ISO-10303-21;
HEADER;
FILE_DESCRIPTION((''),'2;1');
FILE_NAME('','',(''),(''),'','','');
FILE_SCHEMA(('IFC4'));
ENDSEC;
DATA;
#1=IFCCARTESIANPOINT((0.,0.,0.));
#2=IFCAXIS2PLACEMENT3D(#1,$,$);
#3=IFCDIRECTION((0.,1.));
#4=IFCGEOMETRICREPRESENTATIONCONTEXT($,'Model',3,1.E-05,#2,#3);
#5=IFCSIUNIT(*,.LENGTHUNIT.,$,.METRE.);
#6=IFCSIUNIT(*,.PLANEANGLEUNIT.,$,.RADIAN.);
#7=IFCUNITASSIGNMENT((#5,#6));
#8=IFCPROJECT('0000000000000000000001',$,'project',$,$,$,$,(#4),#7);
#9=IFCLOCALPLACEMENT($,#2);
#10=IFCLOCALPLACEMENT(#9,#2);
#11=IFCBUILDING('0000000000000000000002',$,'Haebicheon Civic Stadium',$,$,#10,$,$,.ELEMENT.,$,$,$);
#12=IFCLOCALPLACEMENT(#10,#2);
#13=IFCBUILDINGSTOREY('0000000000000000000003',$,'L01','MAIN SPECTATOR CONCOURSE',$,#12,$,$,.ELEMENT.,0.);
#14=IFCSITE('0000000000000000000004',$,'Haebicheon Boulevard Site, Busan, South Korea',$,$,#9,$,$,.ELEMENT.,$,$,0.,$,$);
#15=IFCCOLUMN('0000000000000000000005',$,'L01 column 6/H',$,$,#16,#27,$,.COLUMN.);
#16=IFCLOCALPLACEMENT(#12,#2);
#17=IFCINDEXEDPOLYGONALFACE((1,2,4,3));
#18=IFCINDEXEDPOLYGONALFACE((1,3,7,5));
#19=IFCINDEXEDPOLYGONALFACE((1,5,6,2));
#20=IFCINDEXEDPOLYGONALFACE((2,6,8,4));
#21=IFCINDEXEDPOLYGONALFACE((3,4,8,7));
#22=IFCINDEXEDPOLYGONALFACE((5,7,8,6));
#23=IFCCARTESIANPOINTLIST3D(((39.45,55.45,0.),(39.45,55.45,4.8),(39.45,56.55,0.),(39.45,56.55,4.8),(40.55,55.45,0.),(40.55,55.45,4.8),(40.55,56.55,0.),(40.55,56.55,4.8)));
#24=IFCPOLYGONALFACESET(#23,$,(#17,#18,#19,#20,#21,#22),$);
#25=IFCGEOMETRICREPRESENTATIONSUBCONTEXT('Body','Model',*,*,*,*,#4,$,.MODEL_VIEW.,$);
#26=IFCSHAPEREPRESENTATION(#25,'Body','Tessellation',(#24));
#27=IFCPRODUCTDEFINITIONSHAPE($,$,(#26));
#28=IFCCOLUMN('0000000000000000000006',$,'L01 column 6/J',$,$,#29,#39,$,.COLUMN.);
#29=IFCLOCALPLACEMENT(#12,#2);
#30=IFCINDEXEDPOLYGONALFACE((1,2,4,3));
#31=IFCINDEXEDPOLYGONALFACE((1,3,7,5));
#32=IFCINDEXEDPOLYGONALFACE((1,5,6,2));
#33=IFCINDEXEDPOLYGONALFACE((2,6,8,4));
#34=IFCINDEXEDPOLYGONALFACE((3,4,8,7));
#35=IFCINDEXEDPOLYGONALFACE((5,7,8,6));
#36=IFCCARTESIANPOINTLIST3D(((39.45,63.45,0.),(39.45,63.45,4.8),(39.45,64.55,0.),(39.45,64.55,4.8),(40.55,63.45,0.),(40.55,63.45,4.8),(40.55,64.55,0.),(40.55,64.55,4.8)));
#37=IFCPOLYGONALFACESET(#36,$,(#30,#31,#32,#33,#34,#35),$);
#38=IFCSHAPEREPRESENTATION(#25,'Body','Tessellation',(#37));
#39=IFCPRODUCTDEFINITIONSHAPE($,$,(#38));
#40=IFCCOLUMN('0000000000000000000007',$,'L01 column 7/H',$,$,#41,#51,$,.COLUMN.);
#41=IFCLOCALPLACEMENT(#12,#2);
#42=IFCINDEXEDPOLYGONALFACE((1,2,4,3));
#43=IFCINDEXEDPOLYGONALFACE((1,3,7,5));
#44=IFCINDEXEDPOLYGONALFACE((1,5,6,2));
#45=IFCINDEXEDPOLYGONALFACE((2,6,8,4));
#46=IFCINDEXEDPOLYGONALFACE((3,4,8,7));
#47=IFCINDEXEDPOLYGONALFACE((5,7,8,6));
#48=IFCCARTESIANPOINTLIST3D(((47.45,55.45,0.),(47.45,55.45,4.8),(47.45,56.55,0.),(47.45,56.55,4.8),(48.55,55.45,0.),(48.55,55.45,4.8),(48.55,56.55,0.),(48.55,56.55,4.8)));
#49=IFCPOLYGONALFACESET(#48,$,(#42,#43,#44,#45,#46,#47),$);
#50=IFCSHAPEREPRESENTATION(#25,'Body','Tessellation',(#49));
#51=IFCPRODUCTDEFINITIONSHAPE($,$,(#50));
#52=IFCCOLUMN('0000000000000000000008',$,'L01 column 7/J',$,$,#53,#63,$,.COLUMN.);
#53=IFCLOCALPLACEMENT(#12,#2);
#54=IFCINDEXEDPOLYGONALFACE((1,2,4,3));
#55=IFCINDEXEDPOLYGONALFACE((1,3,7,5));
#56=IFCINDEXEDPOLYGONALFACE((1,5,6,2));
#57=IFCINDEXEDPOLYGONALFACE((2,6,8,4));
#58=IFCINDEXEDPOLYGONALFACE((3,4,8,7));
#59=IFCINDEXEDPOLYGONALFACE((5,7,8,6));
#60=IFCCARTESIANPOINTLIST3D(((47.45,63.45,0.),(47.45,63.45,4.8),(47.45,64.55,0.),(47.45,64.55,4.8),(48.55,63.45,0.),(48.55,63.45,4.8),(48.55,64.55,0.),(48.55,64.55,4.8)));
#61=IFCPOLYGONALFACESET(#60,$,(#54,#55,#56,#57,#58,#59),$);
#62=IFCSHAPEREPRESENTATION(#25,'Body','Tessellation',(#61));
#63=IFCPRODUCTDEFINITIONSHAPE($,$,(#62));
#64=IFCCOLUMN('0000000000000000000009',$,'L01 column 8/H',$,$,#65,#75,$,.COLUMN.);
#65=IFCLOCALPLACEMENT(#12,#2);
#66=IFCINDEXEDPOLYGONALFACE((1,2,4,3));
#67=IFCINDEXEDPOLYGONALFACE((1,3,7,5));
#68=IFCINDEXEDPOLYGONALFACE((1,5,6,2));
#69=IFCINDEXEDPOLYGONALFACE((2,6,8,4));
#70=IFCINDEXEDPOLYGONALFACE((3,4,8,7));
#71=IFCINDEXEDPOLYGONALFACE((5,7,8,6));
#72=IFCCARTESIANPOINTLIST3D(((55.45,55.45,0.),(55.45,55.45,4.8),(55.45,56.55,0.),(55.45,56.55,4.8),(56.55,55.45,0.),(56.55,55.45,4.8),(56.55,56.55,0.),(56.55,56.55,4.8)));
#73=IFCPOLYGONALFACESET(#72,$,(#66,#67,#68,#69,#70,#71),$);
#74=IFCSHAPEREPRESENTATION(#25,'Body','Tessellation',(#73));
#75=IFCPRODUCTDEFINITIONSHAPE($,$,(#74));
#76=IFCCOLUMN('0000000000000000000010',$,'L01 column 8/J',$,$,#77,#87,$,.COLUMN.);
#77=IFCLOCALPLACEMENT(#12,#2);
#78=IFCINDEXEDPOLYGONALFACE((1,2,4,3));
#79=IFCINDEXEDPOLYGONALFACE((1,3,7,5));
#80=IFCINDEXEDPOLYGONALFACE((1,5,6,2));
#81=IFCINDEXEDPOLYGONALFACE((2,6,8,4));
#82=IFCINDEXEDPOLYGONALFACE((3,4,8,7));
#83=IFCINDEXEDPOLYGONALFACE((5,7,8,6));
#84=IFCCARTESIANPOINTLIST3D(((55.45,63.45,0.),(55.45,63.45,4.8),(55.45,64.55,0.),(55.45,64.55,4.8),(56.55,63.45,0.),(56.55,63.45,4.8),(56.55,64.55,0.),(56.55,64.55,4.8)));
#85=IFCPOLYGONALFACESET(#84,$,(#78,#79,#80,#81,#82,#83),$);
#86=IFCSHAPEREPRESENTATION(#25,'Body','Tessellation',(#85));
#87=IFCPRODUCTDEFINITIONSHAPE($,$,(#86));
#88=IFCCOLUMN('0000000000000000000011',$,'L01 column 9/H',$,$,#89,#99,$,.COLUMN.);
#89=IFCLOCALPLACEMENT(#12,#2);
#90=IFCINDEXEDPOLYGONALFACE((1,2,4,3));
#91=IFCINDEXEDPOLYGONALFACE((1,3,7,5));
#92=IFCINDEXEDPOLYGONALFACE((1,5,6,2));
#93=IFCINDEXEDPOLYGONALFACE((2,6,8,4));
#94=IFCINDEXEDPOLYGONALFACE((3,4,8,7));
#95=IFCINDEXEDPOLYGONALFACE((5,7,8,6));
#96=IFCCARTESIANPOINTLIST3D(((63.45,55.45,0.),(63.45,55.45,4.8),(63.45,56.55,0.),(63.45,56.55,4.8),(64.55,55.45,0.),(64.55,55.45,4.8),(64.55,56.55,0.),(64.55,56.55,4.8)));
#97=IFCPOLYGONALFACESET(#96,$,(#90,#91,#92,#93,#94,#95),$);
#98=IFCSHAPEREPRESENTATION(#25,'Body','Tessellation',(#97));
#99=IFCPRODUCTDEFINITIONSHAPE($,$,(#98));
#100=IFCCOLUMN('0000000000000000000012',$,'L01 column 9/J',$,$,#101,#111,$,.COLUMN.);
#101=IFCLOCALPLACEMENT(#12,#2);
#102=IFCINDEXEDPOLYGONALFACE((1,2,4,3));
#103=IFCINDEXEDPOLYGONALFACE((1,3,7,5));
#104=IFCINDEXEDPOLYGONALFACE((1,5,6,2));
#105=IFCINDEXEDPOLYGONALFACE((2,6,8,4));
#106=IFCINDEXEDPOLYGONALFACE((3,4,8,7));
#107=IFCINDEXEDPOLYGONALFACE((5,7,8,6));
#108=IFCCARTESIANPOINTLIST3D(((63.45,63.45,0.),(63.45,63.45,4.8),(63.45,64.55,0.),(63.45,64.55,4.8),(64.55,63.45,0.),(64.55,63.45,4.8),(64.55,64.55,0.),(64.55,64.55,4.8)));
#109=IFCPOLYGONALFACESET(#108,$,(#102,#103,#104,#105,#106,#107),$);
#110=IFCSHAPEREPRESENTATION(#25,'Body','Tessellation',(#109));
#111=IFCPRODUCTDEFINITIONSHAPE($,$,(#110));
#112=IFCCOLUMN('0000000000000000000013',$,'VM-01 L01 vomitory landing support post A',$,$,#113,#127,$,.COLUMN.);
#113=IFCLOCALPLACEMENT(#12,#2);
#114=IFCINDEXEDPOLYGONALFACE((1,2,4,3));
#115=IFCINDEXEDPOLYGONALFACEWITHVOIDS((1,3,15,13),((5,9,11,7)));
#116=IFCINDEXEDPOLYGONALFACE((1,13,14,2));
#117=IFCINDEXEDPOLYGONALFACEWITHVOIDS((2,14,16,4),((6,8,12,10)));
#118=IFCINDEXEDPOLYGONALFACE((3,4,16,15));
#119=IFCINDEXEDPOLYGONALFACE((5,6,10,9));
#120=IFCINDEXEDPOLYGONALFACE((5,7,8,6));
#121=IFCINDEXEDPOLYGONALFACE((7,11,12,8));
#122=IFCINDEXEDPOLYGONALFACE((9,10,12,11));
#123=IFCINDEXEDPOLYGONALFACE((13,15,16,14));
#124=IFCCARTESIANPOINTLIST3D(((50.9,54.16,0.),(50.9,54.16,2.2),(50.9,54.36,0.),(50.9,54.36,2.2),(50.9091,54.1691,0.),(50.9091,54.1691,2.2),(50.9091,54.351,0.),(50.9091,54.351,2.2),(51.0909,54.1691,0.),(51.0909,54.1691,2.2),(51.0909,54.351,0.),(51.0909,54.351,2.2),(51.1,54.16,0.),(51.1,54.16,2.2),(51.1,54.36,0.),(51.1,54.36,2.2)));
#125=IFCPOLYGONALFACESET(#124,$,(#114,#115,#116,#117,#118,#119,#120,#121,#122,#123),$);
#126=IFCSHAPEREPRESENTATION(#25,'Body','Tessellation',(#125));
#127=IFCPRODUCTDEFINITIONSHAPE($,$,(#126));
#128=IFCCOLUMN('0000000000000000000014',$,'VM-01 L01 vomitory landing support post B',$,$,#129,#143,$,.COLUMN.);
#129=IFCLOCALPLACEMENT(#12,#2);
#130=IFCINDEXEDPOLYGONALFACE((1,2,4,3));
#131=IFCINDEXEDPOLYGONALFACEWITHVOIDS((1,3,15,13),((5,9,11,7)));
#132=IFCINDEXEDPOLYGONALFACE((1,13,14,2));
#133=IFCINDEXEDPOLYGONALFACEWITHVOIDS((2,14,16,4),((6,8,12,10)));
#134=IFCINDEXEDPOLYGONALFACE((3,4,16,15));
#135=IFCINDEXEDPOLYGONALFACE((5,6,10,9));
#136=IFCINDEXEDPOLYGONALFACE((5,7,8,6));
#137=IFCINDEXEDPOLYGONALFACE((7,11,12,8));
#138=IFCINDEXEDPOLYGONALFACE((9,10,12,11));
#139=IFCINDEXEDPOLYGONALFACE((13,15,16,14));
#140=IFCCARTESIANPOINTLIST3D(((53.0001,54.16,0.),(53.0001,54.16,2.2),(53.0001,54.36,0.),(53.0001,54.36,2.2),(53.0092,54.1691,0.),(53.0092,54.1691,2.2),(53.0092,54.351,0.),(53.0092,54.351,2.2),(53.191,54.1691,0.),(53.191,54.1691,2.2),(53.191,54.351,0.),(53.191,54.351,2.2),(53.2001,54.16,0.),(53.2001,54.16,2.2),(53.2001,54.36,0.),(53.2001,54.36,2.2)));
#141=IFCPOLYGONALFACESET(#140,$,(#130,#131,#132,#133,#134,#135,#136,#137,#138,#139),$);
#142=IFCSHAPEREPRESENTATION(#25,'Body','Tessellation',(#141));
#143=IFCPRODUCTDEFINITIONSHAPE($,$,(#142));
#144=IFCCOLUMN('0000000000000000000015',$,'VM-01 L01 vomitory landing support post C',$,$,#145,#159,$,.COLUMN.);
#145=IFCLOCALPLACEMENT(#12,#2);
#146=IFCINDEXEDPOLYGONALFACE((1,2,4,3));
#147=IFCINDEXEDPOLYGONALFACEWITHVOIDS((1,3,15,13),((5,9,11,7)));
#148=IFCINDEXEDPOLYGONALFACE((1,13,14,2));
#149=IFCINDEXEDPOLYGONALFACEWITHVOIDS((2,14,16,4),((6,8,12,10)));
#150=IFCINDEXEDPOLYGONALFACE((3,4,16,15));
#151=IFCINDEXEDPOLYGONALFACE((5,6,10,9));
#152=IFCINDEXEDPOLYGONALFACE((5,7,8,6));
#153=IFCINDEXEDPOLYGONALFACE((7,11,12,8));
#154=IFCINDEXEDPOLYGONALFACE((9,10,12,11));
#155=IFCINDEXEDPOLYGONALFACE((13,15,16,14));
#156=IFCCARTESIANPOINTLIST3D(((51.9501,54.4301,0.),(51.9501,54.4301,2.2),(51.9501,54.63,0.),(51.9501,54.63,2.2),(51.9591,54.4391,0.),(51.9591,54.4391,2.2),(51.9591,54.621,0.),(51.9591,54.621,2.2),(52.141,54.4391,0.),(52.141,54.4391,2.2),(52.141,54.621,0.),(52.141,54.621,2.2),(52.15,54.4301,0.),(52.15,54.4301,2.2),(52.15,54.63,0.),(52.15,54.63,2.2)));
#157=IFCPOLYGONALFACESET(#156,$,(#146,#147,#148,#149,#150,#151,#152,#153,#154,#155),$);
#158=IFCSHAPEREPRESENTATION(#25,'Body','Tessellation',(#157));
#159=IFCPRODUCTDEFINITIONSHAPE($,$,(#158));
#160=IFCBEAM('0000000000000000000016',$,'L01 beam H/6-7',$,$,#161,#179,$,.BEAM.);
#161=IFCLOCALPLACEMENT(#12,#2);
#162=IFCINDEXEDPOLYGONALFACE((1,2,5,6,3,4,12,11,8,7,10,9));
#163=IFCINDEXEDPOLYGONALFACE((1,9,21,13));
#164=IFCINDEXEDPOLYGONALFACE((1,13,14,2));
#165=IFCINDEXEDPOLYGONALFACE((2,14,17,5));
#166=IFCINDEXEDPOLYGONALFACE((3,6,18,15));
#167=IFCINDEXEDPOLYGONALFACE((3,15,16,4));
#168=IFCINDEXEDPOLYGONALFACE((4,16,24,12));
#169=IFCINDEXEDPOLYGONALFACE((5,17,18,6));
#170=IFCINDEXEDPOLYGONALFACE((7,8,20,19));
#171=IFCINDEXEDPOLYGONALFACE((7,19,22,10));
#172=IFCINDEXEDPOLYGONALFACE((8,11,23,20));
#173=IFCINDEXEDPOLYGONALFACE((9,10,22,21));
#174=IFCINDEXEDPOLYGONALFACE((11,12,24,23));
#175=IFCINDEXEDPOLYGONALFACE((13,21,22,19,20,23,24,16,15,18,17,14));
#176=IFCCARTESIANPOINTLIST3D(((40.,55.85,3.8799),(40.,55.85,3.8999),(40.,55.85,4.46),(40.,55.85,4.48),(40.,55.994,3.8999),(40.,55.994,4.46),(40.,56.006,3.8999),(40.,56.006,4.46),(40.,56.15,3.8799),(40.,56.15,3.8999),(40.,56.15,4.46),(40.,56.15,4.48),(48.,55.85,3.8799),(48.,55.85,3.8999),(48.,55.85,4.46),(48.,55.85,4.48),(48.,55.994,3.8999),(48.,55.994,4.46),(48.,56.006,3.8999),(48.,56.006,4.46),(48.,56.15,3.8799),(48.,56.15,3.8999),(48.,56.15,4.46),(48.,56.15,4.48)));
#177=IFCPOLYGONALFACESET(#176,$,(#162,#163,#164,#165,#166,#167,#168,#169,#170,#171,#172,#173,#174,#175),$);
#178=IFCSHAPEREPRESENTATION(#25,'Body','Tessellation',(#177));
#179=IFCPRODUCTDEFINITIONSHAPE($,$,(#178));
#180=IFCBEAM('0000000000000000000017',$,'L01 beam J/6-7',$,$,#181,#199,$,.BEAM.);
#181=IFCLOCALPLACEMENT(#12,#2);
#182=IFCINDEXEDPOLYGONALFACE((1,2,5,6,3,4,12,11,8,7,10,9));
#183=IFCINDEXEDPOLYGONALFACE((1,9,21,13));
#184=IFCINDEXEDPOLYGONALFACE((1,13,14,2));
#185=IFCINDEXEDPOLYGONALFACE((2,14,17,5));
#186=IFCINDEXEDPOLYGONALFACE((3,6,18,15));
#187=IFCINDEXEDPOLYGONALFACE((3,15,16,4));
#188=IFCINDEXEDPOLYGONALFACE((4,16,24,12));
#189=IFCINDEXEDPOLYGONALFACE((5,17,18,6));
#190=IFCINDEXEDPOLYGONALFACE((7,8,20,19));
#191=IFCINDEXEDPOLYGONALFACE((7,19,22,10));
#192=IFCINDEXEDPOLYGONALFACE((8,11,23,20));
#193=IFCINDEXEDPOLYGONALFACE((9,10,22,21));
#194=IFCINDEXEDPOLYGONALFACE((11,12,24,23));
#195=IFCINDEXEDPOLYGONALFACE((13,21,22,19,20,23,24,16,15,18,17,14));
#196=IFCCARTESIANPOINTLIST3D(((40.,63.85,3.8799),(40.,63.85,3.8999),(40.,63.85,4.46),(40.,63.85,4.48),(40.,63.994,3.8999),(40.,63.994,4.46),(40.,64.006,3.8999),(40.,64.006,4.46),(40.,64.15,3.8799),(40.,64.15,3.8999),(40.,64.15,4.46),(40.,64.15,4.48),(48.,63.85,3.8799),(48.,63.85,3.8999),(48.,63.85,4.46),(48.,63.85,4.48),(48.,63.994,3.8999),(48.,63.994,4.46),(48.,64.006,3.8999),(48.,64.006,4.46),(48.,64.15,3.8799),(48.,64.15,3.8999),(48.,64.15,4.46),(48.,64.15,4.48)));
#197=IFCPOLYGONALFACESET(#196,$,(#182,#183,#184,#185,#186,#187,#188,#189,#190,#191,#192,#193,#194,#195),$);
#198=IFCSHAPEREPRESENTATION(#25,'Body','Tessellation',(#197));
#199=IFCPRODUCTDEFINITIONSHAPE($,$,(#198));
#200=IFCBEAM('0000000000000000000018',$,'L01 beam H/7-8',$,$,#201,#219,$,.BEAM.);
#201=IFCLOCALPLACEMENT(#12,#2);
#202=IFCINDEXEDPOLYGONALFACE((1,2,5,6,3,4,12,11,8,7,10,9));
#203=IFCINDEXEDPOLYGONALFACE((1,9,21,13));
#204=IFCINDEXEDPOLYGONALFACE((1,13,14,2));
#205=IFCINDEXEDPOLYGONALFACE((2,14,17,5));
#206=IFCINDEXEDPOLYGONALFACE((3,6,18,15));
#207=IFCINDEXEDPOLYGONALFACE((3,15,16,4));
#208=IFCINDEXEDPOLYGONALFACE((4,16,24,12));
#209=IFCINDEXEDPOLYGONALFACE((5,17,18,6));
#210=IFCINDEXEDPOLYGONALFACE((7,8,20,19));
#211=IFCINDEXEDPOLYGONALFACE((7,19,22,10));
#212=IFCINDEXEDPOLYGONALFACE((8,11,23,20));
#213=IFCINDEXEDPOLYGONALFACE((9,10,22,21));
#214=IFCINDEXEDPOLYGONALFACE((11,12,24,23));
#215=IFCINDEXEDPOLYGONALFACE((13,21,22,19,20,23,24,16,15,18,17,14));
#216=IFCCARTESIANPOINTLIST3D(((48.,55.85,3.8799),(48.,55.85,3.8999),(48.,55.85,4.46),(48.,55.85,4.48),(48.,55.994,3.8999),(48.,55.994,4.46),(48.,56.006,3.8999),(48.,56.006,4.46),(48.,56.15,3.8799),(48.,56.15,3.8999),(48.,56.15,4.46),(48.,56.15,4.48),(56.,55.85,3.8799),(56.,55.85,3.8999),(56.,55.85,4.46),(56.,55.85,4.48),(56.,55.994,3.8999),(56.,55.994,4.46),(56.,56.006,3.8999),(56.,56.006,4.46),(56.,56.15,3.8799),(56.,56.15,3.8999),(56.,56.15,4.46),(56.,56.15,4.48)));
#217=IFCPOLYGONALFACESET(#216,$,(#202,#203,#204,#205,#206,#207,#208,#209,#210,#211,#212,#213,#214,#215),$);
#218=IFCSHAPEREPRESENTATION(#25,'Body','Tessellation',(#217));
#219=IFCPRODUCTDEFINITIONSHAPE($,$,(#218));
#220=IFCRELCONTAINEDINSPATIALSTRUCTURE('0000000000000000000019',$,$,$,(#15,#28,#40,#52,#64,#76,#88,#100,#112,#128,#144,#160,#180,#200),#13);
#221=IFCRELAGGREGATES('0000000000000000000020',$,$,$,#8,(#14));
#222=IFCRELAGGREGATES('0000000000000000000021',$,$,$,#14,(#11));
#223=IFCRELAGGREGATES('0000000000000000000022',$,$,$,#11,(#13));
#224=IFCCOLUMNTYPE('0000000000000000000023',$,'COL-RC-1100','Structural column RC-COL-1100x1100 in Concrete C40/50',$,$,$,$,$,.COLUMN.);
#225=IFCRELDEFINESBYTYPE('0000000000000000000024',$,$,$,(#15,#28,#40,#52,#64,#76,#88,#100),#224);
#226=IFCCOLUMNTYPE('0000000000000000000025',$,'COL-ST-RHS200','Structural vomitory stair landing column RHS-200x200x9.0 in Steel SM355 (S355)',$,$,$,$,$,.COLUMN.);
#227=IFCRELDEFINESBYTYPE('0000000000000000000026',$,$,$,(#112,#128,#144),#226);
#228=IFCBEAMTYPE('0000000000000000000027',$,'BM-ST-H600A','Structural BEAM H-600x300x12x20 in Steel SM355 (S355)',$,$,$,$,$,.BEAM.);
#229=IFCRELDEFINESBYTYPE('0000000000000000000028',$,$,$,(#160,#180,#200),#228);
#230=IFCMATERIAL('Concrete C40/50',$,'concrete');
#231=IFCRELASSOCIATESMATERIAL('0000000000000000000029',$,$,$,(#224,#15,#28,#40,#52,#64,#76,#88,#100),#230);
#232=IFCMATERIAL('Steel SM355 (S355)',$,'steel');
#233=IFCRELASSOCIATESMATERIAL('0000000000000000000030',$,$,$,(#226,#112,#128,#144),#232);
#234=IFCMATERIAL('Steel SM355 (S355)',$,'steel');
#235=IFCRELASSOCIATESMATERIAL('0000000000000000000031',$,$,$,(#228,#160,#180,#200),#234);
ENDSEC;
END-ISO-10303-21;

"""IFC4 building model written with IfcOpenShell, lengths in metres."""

from ifc_helpers import new_model, si_unit, direction, frame, origin, origin_2d, place, context, subcontext, project, spatial, rectangle, hollow_rectangle, i_section, extrude, material, material_profile, profile_set, type_object, element, save


model = new_model("IFC4")

# Units and contexts
model_context = context("Model", 3, precision=1e-05, world=origin(), true_north=direction((0.0, 1.0)))
body_context = subcontext(model_context, "Body", "Model", "MODEL_VIEW")
ifc_project = project(units=[si_unit("LENGTHUNIT", "METRE"), si_unit("PLANEANGLEUNIT", "RADIAN")], contexts=[model_context])

# Site, building, storey
site_placement = place(None, origin())
site = spatial("IfcSite", under=ifc_project, at=site_placement, Name="Haebicheon Boulevard Site, Busan, South Korea", CompositionType="ELEMENT", RefElevation=0.0)
building_placement = place(site_placement, origin())
building = spatial("IfcBuilding", under=site, at=building_placement, Name="Haebicheon Civic Stadium", CompositionType="ELEMENT")
storey_placement = place(building_placement, origin())
storey = spatial("IfcBuildingStorey", under=building, at=storey_placement, Name="L01", Description="MAIN SPECTATOR CONCOURSE", CompositionType="ELEMENT", Elevation=0.0)

# Columns
ifc_material_1 = material(Name="Concrete C40/50", Category="concrete")
ifc_material_profile_1 = material_profile(ifc_material_1, rectangle(XDim=1.1001, YDim=1.1001, at=origin_2d()), Name="RC-COL-1100x1100")
ifc_profile_set_1 = profile_set([ifc_material_profile_1], Name="Concrete C40/50")
column_type_1 = type_object("IfcColumnType", Name="COL-RC-1100", Description="Structural column RC-COL-1100x1100 in Concrete C40/50", PredefinedType="COLUMN", material=ifc_profile_set_1)
for number, where, z_axis, x_axis, name in (
    (1, (40.0, 56.0, 0.0), (0.0, 0.0, 1.0), (1.0, 0.0, 0.0), "L01 column 6/H"),
    (2, (40.0, 64.0, 0.0), (0.0, 0.0, 1.0), (1.0, 0.0, 0.0), "L01 column 6/J"),
    (3, (48.0, 56.0, 0.0), (0.0, 0.0, 1.0), (1.0, 0.0, 0.0), "L01 column 7/H"),
    (4, (48.0, 64.0, 0.0), (0.0, 0.0, 1.0), (1.0, 0.0, 0.0), "L01 column 7/J"),
    (5, (56.0, 56.0, 0.0), (0.0, 0.0, 1.0), (1.0, 0.0, 0.0), "L01 column 8/H"),
    (6, (56.0, 64.0, 0.0), (0.0, 0.0, 1.0), (1.0, 0.0, 0.0), "L01 column 8/J"),
    (7, (64.0, 56.0, 0.0), (0.0, 0.0, 1.0), (1.0, 0.0, 0.0), "L01 column 9/H"),
    (8, (64.0, 64.0, 0.0), (0.0, 0.0, 1.0), (1.0, 0.0, 0.0), "L01 column 9/J"),
):
    element("IfcColumn", number, at=place(storey_placement, frame(where, z_axis=z_axis, x_axis=x_axis)), inside=storey, type_object=column_type_1, material=ifc_profile_set_1, Name=name, PredefinedType="COLUMN", context=body_context, shape_type="SweptSolid", body=[
        extrude(rectangle(XDim=1.1001, YDim=1.1001, at=origin_2d()), origin(), (0.0, 0.0, 1.0), 4.8),
    ])
ifc_material_2 = material(Name="Steel SM355 (S355)", Category="steel")
ifc_material_profile_2 = material_profile(ifc_material_2, hollow_rectangle(XDim=0.2, YDim=0.2, WallThickness=0.009, at=origin_2d()), Name="RHS-200x200x9.0")
ifc_profile_set_2 = profile_set([ifc_material_profile_2], Name="Steel SM355 (S355)")
column_type_2 = type_object("IfcColumnType", Name="COL-ST-RHS200", Description="Structural vomitory stair landing column RHS-200x200x9.0 in Steel SM355 (S355)", PredefinedType="COLUMN", material=ifc_profile_set_2)
for number, where, z_axis, x_axis, name in (
    (9, (51.0, 54.26, 0.0), (0.0, 0.0, 1.0), (1.0, 0.0, 0.0), "VM-01 L01 vomitory landing support post A"),
    (10, (53.1001, 54.26, 0.0), (0.0, 0.0, 1.0), (1.0, 0.0, 0.0), "VM-01 L01 vomitory landing support post B"),
    (11, (52.05, 54.53, 0.0), (0.0, 0.0, 1.0), (1.0, 0.0, 0.0), "VM-01 L01 vomitory landing support post C"),
):
    element("IfcColumn", number, at=place(storey_placement, frame(where, z_axis=z_axis, x_axis=x_axis)), inside=storey, type_object=column_type_2, material=ifc_profile_set_2, Name=name, PredefinedType="COLUMN", context=body_context, shape_type="SweptSolid", body=[
        extrude(hollow_rectangle(XDim=0.2, YDim=0.2, WallThickness=0.009, at=origin_2d()), origin(), (0.0, 0.0, 1.0), 2.2),
    ])

# Beams
ifc_material_3 = material(Name="Steel SM355 (S355)", Category="steel")
ifc_material_profile_3 = material_profile(ifc_material_3, i_section(OverallWidth=0.3, OverallDepth=0.6001, WebThickness=0.012, FlangeThickness=0.02, at=origin_2d()), Name="H-600x300x12x20")
ifc_profile_set_3 = profile_set([ifc_material_profile_3], Name="Steel SM355 (S355)")
beam_type_1 = type_object("IfcBeamType", Name="BM-ST-H600A", Description="Structural BEAM H-600x300x12x20 in Steel SM355 (S355)", PredefinedType="BEAM", material=ifc_profile_set_3)
for number, where, z_axis, x_axis, name in (
    (12, (40.0, 56.0, 4.1799), (1.0, 0.0, 0.0), (0.0, 1.0, 0.0), "L01 beam H/6-7"),
    (13, (40.0, 64.0, 4.1799), (1.0, 0.0, 0.0), (0.0, 1.0, 0.0), "L01 beam J/6-7"),
    (14, (48.0, 56.0, 4.1799), (1.0, 0.0, 0.0), (0.0, 1.0, 0.0), "L01 beam H/7-8"),
):
    element("IfcBeam", number, at=place(storey_placement, frame(where, z_axis=z_axis, x_axis=x_axis)), inside=storey, type_object=beam_type_1, material=ifc_profile_set_3, Name=name, PredefinedType="BEAM", context=body_context, shape_type="SweptSolid", body=[
        extrude(i_section(OverallWidth=0.3, OverallDepth=0.6001, WebThickness=0.012, FlangeThickness=0.02, at=origin_2d()), origin(), (0.0, 0.0, 1.0), 8.0),
    ])

save(model, "model.ifc")
